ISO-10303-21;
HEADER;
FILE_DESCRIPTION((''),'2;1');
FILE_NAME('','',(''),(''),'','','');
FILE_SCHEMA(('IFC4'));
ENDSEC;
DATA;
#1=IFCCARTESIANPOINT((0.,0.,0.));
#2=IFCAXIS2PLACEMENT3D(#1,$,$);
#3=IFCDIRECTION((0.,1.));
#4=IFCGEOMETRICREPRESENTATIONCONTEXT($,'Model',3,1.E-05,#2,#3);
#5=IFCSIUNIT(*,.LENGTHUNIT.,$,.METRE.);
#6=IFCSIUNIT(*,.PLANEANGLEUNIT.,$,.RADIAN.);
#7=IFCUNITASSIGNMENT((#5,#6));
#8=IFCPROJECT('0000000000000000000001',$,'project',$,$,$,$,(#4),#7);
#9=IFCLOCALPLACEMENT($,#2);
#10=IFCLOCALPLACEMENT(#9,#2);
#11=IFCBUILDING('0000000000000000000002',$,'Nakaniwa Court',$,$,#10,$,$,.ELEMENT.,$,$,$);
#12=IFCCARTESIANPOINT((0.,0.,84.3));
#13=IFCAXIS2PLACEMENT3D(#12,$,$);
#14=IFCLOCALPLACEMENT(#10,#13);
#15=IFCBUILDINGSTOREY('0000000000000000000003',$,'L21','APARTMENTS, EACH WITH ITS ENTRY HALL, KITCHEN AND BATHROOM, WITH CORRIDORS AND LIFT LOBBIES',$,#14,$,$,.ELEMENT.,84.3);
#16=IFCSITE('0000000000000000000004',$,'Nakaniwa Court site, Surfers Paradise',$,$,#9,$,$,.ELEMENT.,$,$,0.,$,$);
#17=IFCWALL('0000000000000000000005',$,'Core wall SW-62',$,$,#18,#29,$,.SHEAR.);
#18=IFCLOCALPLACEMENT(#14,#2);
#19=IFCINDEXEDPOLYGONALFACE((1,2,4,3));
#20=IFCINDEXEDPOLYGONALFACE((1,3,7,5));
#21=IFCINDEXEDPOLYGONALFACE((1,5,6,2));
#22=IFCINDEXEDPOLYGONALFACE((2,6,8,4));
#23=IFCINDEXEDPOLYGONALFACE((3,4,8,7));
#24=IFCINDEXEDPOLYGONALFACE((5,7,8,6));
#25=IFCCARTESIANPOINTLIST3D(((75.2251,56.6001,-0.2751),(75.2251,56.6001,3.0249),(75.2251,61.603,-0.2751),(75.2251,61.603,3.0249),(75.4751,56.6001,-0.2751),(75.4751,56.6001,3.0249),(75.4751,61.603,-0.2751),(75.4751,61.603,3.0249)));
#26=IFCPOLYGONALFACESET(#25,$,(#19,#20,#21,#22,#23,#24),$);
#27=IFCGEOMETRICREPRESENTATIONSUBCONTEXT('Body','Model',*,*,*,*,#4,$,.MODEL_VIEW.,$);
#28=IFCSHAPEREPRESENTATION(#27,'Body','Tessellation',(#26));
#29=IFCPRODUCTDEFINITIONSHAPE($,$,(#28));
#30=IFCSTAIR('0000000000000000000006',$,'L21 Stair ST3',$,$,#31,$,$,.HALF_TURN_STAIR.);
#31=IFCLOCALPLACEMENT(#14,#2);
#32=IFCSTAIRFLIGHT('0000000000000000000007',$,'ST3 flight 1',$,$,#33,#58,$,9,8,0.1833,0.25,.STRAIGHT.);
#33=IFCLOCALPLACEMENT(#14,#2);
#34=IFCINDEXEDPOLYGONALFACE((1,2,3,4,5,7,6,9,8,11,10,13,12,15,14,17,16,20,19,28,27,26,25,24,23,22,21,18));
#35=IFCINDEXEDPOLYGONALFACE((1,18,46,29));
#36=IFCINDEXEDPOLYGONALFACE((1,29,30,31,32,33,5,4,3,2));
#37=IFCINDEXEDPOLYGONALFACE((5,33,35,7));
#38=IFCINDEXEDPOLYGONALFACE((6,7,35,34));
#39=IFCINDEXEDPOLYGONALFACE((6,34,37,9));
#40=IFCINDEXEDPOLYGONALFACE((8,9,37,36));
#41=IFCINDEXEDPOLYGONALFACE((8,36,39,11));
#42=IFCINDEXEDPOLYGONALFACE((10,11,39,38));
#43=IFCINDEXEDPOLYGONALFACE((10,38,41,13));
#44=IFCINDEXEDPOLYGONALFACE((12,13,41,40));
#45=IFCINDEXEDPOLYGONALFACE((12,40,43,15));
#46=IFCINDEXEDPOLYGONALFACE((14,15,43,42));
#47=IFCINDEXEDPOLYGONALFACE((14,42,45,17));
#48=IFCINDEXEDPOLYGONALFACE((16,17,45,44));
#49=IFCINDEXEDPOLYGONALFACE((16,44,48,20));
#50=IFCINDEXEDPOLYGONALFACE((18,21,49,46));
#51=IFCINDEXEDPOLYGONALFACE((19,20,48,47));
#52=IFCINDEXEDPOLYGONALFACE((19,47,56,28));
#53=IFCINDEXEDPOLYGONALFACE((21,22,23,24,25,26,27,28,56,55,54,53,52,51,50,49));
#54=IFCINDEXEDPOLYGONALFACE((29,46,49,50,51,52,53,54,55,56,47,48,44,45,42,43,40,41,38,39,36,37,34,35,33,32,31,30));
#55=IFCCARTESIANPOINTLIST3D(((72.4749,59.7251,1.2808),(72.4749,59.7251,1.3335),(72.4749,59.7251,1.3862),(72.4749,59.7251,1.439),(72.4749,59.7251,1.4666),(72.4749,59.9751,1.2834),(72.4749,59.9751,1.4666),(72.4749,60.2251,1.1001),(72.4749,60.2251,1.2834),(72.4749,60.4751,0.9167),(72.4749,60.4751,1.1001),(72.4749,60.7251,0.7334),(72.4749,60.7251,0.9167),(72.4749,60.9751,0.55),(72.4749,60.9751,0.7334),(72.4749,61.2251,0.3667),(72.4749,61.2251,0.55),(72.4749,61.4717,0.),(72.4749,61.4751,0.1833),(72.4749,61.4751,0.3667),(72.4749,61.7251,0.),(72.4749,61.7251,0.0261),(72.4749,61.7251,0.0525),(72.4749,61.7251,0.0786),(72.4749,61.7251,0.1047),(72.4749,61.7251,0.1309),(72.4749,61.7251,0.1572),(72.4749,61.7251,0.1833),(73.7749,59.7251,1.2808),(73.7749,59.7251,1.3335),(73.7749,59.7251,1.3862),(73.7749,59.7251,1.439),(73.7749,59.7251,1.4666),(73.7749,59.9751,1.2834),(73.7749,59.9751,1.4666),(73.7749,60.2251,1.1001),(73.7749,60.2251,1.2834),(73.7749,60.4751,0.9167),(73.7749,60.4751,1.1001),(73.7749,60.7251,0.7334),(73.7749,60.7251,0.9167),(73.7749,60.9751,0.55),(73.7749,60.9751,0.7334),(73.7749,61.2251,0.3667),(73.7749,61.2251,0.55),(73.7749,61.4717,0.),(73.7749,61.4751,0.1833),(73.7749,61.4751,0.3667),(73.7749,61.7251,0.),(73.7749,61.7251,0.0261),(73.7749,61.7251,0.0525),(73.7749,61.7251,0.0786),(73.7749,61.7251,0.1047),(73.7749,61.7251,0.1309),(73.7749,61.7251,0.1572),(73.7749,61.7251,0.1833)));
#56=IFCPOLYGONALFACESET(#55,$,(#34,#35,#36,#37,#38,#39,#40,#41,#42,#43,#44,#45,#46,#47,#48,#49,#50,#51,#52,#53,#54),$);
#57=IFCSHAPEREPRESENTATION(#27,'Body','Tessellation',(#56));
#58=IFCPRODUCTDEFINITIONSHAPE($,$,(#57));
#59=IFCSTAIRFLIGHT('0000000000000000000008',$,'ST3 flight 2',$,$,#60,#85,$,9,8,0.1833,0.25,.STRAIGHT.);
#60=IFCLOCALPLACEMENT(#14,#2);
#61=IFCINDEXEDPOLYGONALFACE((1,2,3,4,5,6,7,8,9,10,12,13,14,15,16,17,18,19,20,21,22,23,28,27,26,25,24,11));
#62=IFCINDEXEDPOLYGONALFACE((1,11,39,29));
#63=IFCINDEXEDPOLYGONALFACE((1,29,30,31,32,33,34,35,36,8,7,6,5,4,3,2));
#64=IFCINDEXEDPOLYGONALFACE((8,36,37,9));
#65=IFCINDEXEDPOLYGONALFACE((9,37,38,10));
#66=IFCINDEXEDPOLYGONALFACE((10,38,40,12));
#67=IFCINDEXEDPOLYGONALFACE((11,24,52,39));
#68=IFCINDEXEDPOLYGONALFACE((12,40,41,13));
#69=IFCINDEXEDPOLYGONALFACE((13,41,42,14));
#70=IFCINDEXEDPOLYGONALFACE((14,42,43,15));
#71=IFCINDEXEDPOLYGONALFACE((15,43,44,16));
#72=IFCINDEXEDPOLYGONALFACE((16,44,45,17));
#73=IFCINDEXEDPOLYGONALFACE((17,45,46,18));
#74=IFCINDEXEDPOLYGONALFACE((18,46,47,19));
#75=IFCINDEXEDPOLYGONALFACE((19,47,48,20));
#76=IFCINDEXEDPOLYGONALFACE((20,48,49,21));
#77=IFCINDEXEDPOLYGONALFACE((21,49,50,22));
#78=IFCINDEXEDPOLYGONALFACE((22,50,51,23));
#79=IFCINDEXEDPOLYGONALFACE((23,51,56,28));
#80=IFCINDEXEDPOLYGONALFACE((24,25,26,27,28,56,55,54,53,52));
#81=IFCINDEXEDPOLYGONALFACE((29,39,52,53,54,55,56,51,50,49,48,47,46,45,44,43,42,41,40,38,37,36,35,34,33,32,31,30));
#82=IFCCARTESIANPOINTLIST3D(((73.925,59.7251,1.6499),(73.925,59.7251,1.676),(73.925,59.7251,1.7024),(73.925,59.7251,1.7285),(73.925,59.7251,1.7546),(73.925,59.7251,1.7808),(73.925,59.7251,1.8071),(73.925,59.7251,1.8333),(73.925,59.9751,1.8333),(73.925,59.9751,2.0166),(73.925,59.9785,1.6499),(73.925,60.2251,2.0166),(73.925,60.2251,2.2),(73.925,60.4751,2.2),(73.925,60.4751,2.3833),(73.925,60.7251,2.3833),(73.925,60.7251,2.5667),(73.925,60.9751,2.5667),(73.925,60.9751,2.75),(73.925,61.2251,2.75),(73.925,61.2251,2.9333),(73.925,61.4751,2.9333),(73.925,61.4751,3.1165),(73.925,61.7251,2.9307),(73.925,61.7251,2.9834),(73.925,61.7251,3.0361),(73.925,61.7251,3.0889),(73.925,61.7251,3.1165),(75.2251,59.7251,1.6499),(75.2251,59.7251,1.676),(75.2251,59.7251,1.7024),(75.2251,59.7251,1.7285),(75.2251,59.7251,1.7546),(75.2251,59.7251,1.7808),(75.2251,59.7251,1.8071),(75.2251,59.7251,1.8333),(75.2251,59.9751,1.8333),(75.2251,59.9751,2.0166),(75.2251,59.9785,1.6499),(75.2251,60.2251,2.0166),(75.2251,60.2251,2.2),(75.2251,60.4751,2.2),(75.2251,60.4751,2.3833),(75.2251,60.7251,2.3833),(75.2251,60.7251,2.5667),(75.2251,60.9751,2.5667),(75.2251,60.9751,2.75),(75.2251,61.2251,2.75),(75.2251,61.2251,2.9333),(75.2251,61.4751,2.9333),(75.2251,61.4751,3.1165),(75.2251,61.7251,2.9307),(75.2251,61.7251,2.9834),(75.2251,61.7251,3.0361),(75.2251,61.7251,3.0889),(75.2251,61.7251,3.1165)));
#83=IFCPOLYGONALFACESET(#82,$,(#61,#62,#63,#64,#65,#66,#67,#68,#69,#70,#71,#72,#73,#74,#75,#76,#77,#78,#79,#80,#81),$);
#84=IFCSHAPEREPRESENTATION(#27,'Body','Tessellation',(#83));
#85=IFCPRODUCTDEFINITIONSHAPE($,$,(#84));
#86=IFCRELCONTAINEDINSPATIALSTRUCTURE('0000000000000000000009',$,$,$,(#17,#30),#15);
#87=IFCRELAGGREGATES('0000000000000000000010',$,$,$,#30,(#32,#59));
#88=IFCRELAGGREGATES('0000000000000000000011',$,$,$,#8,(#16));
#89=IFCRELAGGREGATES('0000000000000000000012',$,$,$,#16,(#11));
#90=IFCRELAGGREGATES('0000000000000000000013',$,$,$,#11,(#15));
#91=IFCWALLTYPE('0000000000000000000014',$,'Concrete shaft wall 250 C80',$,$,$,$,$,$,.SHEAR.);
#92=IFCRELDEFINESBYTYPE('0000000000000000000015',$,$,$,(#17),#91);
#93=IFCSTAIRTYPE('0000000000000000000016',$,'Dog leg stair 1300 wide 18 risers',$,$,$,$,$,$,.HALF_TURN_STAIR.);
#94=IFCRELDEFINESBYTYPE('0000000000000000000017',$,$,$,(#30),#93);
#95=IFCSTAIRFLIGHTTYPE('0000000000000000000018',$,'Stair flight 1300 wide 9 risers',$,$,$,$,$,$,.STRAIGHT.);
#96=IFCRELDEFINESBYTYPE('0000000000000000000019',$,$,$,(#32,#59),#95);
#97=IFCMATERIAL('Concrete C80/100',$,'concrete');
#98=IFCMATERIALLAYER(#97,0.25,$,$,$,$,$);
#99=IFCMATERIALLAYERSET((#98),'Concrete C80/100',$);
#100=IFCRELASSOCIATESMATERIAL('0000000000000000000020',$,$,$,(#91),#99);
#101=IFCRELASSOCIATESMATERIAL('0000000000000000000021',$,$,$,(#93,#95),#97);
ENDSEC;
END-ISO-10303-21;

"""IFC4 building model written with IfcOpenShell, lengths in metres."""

from ifc_helpers import new_model, si_unit, direction, frame, frame_2d, origin, place, context, subcontext, project, spatial, polyline, rectangle, outline, extrude, material, layer, layer_set, type_object, element, aggregate, save


model = new_model("IFC4")

# Units and contexts
model_context = context("Model", 3, precision=1e-05, world=origin(), true_north=direction((0.0, 1.0)))
body_context = subcontext(model_context, "Body", "Model", "MODEL_VIEW")
ifc_project = project(units=[si_unit("LENGTHUNIT", "METRE"), si_unit("PLANEANGLEUNIT", "RADIAN")], contexts=[model_context])

# Site, building, storey
site_placement = place(None, origin())
site = spatial("IfcSite", under=ifc_project, at=site_placement, Name="Nakaniwa Court site, Surfers Paradise", CompositionType="ELEMENT", RefElevation=0.0)
building_placement = place(site_placement, origin())
building = spatial("IfcBuilding", under=site, at=building_placement, Name="Nakaniwa Court", CompositionType="ELEMENT")
storey_placement = place(building_placement, frame((0.0, 0.0, 84.3)))
storey = spatial("IfcBuildingStorey", under=building, at=storey_placement, Name="L21", Description="APARTMENTS, EACH WITH ITS ENTRY HALL, KITCHEN AND BATHROOM, WITH CORRIDORS AND LIFT LOBBIES", CompositionType="ELEMENT", Elevation=84.3)

# Shared definitions
ifc_material_1 = material(Name="Concrete C80/100", Category="concrete")

# Wall
ifc_layer_1 = layer(ifc_material_1, 0.25)
ifc_layer_set_1 = layer_set([ifc_layer_1], Name="Concrete C80/100")
wall_type_1 = type_object("IfcWallType", Name="Concrete shaft wall 250 C80", PredefinedType="SHEAR", material=ifc_layer_set_1)
wall_1_placement = place(storey_placement, frame((75.3501, 56.6001, -0.2751), z_axis=(0.0, 0.0, 1.0), x_axis=(0.0, 1.0, 0.0)))
element("IfcWall", 1, at=wall_1_placement, inside=storey, type_object=wall_type_1, Name="Core wall SW-62", PredefinedType="SHEAR", context=body_context, shape_type="SweptSolid", body=[
    extrude(rectangle(XDim=5.0029, YDim=0.25, at=frame_2d((2.5015, 0.0))), origin(), (0.0, 0.0, 1.0), 3.3),
])

# Stair, stair flights
stair_type = type_object("IfcStairType", Name="Dog leg stair 1300 wide 18 risers", PredefinedType="HALF_TURN_STAIR", material=ifc_material_1)
stair_placement = place(storey_placement, origin())
stair = element("IfcStair", 2, at=stair_placement, inside=storey, type_object=stair_type, Name="L21 Stair ST3", PredefinedType="HALF_TURN_STAIR")
stair_flight_type = type_object("IfcStairFlightType", Name="Stair flight 1300 wide 9 risers", PredefinedType="STRAIGHT", material=ifc_material_1)
stair_flight_1_placement = place(storey_placement, frame((73.125, 61.7251, 0.0), z_axis=(0.0, 0.0, 1.0), x_axis=(0.0, -1.0, 0.0)))
stair_flight_1 = element("IfcStairFlight", 3, at=stair_flight_1_placement, type_object=stair_flight_type, Name="ST3 flight 1", NumberOfRisers=9, NumberOfTreads=8, PredefinedType="STRAIGHT", RiserHeight=0.1833, TreadLength=0.25, context=body_context, shape_type="SweptSolid", body=[
    extrude(outline(polyline([(0.0, 0.0), (0.0, 0.0261), (0.0, 0.0525), (0.0, 0.0786), (0.0, 0.1047), (0.0, 0.1309), (0.0, 0.1572), (0.0, 0.1833), (0.25, 0.1833), (0.25, 0.3667), (0.5, 0.3667), (0.5, 0.55), (0.75, 0.55), (0.75, 0.7334), (1.0, 0.7334), (1.0, 0.9167), (1.25, 0.9167), (1.25, 1.1001), (1.5, 1.1001), (1.5, 1.2834), (1.75, 1.2834), (1.75, 1.4666), (2.0, 1.4666), (2.0, 1.6499), (2.0, 1.5972), (2.0, 1.5444), (2.0, 1.4917), (2.0, 1.439), (2.0, 1.3862), (2.0, 1.3335), (2.0, 1.2808), (0.2534, 0.0), (0.0, 0.0)])), frame((0.0, 0.6499, 0.0), z_axis=(0.0, -1.0, 0.0), x_axis=(1.0, 0.0, 0.0)), (0.0, 0.0, 1.0), 1.3),
])
stair_flight_2_placement = place(storey_placement, frame((74.575, 59.7251, 1.6499), z_axis=(0.0, 0.0, 1.0), x_axis=(0.0, 1.0, 0.0)))
stair_flight_2 = element("IfcStairFlight", 4, at=stair_flight_2_placement, type_object=stair_flight_type, Name="ST3 flight 2", NumberOfRisers=9, NumberOfTreads=8, PredefinedType="STRAIGHT", RiserHeight=0.1833, TreadLength=0.25, context=body_context, shape_type="SweptSolid", body=[
    extrude(outline(polyline([(0.0, 0.0), (0.0, 0.0261), (0.0, 0.0525), (0.0, 0.0786), (0.0, 0.1047), (0.0, 0.1309), (0.0, 0.1572), (0.0, 0.1833), (0.25, 0.1833), (0.25, 0.3667), (0.5, 0.3667), (0.5, 0.55), (0.75, 0.55), (0.75, 0.7334), (1.0, 0.7334), (1.0, 0.9167), (1.25, 0.9167), (1.25, 1.1001), (1.5, 1.1001), (1.5, 1.2834), (1.75, 1.2834), (1.75, 1.4666), (2.0, 1.4666), (2.0, 1.6499), (2.0, 1.5972), (2.0, 1.5444), (2.0, 1.4917), (2.0, 1.439), (2.0, 1.3862), (2.0, 1.3335), (2.0, 1.2808), (0.2534, 0.0), (0.0, 0.0)])), frame((0.0, 0.6499, 0.0), z_axis=(0.0, -1.0, 0.0), x_axis=(1.0, 0.0, 0.0)), (0.0, 0.0, 1.0), 1.3),
])
aggregate(stair, [stair_flight_1, stair_flight_2])

save(model, "model.ifc")
